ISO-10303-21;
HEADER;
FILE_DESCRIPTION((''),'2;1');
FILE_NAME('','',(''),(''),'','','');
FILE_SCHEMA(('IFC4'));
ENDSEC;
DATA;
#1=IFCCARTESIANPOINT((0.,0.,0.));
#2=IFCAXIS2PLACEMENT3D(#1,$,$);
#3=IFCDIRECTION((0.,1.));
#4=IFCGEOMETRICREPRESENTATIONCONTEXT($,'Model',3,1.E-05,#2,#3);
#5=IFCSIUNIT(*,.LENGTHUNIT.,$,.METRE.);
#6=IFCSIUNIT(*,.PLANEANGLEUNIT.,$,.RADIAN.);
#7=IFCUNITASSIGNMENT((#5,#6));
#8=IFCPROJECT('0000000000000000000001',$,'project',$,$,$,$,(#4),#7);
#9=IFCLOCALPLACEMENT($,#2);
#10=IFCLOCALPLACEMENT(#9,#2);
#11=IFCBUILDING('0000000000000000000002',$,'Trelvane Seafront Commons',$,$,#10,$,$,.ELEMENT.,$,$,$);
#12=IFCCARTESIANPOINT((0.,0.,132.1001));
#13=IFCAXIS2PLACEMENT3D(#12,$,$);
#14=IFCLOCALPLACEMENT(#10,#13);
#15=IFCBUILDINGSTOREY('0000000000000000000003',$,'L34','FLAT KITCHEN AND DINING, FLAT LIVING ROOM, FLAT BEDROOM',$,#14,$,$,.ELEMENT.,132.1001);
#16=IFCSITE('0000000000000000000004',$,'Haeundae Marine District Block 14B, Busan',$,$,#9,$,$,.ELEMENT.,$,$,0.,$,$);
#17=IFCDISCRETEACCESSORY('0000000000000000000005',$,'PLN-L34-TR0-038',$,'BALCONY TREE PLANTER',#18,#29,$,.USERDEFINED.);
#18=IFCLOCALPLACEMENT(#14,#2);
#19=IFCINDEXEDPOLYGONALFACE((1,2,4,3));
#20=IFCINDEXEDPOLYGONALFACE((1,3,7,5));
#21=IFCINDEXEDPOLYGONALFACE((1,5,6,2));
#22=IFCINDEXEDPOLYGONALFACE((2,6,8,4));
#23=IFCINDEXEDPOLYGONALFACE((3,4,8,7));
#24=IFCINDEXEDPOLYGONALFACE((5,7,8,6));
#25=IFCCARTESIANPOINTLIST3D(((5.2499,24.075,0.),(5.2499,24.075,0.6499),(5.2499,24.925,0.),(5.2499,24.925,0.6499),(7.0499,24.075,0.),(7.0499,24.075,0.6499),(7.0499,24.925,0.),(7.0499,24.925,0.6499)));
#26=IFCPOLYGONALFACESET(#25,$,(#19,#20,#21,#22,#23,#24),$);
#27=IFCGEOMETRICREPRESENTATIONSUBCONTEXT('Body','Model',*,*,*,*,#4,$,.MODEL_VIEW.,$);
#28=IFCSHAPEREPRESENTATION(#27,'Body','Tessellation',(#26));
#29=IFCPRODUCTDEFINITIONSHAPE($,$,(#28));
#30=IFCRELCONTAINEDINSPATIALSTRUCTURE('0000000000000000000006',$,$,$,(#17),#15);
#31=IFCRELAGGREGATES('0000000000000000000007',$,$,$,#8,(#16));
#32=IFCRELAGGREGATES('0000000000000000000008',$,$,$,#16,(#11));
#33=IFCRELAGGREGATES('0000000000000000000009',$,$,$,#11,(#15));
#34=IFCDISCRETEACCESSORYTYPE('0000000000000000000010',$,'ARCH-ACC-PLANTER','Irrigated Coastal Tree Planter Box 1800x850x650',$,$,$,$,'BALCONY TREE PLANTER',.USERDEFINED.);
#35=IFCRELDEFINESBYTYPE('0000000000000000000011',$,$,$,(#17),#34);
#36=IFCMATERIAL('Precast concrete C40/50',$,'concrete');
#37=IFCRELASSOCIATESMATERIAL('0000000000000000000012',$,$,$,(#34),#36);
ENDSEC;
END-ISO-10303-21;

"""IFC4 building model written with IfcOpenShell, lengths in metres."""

from ifc_helpers import new_model, si_unit, direction, frame, origin, origin_2d, place, context, subcontext, project, spatial, rectangle, extrude, source, transform, mapped, material, type_object, element, save


model = new_model("IFC4")

# Units and contexts
model_context = context("Model", 3, precision=1e-05, world=origin(), true_north=direction((0.0, 1.0)))
body_context = subcontext(model_context, "Body", "Model", "MODEL_VIEW")
ifc_project = project(units=[si_unit("LENGTHUNIT", "METRE"), si_unit("PLANEANGLEUNIT", "RADIAN")], contexts=[model_context])

# Site, building, storey
site_placement = place(None, origin())
site = spatial("IfcSite", under=ifc_project, at=site_placement, Name="Haeundae Marine District Block 14B, Busan", CompositionType="ELEMENT", RefElevation=0.0)
building_placement = place(site_placement, origin())
building = spatial("IfcBuilding", under=site, at=building_placement, Name="Trelvane Seafront Commons", CompositionType="ELEMENT")
storey_placement = place(building_placement, frame((0.0, 0.0, 132.1001)))
storey = spatial("IfcBuildingStorey", under=building, at=storey_placement, Name="L34", Description="FLAT KITCHEN AND DINING, FLAT LIVING ROOM, FLAT BEDROOM", CompositionType="ELEMENT", Elevation=132.1001)

# Discrete accessory
ifc_material_1 = material(Name="Precast concrete C40/50", Category="concrete")
discrete_accessory_type = type_object("IfcDiscreteAccessoryType", Name="ARCH-ACC-PLANTER", Description="Irrigated Coastal Tree Planter Box 1800x850x650", ElementType="BALCONY TREE PLANTER", PredefinedType="USERDEFINED", material=ifc_material_1)
shared_shape_1 = source(origin(), body_context, "Body", "SweptSolid", [
    extrude(rectangle(XDim=1.8, YDim=0.8501, at=origin_2d()), origin(), (0.0, 0.0, 1.0), 0.6499),
])
discrete_accessory_placement = place(storey_placement, frame((6.1499, 24.5, 0.0), z_axis=(0.0, 0.0, 1.0), x_axis=(1.0, 0.0, 0.0)))
element("IfcDiscreteAccessory", 1, at=discrete_accessory_placement, inside=storey, type_object=discrete_accessory_type, Name="PLN-L34-TR0-038", ObjectType="BALCONY TREE PLANTER", PredefinedType="USERDEFINED", context=body_context, shape_type="MappedRepresentation", body=[
    mapped(shared_shape_1, transform((0.0, 0.0, 0.0), x_axis=(1.0, 0.0, 0.0), y_axis=(0.0, 1.0, 0.0), z_axis=(0.0, 0.0, 1.0), scale=1.0)),
])

save(model, "model.ifc")
